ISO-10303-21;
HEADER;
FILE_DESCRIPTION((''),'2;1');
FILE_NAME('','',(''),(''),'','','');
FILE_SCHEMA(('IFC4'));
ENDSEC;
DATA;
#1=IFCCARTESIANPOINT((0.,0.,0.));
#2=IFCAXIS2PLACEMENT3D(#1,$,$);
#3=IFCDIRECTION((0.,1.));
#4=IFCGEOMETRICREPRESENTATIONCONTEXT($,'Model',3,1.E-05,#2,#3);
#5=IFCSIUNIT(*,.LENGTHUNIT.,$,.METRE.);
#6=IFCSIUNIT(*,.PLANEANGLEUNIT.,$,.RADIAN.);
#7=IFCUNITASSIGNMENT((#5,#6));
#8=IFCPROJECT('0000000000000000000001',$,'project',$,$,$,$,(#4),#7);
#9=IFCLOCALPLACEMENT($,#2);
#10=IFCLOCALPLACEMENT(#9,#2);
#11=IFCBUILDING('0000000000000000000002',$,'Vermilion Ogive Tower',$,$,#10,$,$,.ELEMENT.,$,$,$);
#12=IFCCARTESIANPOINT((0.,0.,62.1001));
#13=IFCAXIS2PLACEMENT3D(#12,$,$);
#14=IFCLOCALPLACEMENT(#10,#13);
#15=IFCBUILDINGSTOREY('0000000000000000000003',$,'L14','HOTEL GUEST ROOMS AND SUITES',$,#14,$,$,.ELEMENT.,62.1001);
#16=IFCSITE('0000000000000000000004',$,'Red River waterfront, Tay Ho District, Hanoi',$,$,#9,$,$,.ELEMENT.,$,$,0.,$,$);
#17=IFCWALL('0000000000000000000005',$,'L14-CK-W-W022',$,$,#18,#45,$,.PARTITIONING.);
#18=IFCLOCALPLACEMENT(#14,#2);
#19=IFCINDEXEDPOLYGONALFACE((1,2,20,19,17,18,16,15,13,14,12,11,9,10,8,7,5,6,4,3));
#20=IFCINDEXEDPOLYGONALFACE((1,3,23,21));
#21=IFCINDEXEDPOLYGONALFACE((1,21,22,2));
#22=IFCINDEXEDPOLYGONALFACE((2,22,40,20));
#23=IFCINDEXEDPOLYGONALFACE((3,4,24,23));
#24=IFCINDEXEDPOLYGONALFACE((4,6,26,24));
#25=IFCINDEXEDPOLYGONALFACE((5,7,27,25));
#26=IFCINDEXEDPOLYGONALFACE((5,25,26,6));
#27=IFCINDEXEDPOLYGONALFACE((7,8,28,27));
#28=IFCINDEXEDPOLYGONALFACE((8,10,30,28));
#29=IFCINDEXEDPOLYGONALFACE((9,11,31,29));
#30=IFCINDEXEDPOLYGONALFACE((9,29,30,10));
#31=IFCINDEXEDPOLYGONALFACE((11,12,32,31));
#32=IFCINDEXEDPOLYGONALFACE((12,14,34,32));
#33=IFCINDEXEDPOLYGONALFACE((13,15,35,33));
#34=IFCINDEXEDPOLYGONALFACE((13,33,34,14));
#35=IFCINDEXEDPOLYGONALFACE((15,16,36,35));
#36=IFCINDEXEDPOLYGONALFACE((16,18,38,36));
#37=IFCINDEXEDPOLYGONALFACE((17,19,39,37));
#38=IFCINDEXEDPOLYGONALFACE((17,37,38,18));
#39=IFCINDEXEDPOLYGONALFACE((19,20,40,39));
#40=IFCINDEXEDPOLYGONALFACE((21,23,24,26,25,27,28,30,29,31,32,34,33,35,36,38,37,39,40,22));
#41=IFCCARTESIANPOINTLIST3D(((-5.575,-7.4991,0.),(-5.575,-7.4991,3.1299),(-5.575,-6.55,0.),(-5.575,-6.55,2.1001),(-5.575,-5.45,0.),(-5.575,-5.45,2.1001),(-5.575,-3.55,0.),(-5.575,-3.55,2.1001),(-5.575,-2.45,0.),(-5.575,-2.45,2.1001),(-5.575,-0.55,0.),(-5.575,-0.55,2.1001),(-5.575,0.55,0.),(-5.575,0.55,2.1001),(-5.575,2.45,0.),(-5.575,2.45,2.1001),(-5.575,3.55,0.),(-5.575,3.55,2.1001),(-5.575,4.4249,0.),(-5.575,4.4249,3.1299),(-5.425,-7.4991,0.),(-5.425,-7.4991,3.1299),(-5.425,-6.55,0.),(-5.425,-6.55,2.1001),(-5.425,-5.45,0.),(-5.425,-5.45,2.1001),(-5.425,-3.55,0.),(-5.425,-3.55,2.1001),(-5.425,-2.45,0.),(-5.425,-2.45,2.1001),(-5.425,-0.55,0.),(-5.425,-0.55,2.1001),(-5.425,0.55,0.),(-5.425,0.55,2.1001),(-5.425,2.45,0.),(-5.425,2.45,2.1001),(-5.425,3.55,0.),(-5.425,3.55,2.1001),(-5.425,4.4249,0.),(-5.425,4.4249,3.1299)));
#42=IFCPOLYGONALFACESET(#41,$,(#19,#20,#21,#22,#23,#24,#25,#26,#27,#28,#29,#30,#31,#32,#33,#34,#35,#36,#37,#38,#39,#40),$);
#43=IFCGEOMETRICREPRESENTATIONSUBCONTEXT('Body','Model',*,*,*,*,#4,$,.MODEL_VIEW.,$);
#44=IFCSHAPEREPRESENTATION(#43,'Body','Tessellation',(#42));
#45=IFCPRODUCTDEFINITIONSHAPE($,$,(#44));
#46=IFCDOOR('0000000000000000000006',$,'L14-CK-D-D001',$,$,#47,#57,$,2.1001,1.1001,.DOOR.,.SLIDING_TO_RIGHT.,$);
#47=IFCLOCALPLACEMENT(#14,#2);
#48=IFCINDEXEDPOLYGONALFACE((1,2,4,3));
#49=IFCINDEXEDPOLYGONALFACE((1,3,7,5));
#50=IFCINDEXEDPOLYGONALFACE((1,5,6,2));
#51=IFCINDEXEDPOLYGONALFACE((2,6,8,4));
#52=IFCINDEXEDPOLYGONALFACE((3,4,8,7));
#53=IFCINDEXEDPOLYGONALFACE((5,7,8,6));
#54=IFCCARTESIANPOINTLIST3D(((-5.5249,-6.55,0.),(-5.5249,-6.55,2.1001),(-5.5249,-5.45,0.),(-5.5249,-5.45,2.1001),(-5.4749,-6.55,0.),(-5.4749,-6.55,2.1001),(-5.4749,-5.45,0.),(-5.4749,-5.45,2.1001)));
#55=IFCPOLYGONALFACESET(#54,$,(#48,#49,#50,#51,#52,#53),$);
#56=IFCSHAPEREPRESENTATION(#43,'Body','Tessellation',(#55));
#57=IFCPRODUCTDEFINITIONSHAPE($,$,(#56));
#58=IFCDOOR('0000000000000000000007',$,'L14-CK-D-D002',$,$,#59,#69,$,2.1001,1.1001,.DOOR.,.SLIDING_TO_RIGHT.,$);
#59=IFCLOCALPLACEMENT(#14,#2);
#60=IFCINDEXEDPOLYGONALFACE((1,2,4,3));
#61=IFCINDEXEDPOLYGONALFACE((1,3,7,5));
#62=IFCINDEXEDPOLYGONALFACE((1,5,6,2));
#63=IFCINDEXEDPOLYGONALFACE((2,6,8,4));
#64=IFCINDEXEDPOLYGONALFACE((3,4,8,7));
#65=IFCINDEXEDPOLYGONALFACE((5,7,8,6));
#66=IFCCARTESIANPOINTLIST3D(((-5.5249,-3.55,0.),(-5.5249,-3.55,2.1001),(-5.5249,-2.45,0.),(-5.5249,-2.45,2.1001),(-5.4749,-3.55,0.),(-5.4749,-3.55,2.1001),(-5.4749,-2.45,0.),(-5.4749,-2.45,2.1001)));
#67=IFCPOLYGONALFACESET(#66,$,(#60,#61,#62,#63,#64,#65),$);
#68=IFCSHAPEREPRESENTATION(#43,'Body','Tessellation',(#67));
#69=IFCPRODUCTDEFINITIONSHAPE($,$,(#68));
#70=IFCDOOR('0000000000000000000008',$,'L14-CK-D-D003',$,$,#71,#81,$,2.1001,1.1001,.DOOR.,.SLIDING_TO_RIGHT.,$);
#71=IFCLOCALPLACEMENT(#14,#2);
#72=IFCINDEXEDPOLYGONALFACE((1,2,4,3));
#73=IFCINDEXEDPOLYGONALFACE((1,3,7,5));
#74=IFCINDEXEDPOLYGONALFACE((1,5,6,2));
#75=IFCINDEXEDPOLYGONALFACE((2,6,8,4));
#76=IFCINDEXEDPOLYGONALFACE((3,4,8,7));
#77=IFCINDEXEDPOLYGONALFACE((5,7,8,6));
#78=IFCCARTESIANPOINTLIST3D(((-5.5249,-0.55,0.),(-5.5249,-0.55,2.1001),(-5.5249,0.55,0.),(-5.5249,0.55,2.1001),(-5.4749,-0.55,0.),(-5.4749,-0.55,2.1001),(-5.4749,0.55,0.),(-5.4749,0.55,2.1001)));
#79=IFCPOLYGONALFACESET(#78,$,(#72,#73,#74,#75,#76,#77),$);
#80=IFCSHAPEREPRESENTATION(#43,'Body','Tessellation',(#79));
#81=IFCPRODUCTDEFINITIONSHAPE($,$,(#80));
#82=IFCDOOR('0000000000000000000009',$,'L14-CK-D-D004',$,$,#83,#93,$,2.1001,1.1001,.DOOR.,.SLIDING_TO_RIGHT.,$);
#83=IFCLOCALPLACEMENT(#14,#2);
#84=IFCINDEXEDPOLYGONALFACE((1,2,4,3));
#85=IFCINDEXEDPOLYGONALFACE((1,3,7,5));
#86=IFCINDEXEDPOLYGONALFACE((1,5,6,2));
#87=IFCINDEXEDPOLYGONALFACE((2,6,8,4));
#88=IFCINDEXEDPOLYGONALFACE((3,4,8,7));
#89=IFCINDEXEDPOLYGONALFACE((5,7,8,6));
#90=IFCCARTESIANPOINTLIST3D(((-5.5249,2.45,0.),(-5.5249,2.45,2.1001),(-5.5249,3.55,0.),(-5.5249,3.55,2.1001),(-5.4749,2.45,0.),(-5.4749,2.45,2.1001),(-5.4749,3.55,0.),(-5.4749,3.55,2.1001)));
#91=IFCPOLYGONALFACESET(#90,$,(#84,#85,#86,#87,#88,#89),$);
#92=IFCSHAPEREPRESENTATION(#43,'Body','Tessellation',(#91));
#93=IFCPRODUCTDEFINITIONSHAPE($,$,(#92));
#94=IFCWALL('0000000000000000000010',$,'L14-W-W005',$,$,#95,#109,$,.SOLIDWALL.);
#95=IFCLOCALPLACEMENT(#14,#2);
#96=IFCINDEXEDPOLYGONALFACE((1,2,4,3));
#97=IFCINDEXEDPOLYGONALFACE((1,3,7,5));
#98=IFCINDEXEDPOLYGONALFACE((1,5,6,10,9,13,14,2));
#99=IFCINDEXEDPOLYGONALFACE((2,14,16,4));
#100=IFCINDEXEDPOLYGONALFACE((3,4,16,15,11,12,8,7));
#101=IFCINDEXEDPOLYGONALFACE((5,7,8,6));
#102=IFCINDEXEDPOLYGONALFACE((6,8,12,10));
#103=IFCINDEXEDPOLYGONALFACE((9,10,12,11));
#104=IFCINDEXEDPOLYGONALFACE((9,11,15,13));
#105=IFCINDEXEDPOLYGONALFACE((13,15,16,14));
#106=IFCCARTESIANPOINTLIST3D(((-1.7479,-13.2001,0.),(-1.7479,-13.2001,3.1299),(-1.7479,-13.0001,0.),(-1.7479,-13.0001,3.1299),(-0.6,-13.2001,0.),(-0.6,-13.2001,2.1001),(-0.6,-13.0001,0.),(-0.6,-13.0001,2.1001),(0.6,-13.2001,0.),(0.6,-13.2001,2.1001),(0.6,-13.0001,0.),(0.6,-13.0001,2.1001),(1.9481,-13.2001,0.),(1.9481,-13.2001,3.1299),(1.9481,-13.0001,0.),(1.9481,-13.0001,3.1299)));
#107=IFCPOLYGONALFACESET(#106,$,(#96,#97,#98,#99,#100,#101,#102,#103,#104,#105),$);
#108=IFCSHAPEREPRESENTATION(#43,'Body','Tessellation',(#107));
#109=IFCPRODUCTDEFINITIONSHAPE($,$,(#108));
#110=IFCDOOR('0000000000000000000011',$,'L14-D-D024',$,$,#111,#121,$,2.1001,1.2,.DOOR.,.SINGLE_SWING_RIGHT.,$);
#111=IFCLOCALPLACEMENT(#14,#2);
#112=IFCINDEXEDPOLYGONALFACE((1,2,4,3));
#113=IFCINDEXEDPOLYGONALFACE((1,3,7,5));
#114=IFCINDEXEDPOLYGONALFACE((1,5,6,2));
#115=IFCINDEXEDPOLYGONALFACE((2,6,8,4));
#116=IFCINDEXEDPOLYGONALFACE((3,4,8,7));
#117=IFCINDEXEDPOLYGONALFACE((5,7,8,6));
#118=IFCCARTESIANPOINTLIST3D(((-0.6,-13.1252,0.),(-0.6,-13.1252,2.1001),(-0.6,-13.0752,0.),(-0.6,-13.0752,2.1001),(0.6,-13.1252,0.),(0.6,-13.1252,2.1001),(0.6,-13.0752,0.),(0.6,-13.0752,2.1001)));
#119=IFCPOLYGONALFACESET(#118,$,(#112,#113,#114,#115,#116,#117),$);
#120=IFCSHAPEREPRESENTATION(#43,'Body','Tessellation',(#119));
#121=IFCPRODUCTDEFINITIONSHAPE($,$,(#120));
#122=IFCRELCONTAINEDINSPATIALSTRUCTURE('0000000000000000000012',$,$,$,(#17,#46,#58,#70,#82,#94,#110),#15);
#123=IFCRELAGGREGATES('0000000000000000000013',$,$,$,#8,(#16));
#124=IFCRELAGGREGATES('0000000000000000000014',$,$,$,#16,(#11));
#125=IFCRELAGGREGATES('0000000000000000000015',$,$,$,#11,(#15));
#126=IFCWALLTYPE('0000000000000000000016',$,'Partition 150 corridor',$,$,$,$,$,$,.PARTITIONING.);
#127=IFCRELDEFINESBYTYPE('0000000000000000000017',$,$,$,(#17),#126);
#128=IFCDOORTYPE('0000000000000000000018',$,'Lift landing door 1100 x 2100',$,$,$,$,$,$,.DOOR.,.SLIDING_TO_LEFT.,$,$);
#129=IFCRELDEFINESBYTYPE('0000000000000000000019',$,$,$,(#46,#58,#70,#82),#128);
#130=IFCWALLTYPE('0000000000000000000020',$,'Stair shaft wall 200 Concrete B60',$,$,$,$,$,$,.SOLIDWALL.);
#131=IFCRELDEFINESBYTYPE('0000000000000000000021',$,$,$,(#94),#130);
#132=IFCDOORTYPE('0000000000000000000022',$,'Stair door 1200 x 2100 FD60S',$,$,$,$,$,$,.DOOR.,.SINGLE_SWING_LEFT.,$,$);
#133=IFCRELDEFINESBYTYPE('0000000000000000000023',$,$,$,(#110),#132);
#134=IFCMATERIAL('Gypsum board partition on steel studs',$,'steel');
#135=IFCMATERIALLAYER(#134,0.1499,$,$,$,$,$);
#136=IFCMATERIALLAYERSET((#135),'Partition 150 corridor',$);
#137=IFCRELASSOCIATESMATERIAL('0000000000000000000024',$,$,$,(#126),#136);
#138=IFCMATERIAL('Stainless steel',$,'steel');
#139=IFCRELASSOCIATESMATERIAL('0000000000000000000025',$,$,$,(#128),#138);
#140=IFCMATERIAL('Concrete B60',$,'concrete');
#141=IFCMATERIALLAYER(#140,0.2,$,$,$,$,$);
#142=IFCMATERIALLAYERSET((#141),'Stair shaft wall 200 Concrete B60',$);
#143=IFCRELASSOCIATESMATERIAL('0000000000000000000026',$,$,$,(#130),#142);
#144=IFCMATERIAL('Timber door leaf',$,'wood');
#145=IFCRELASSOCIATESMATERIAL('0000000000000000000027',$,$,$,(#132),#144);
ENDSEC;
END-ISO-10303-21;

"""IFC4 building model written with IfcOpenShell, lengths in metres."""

from ifc_helpers import new_model, si_unit, direction, frame, frame_2d, origin, place, context, subcontext, project, spatial, rectangle, extrude, material, layer, layer_set, type_object, element, fill, save


model = new_model("IFC4")

# Units and contexts
model_context = context("Model", 3, precision=1e-05, world=origin(), true_north=direction((0.0, 1.0)))
body_context = subcontext(model_context, "Body", "Model", "MODEL_VIEW")
ifc_project = project(units=[si_unit("LENGTHUNIT", "METRE"), si_unit("PLANEANGLEUNIT", "RADIAN")], contexts=[model_context])

# Site, building, storey
site_placement = place(None, origin())
site = spatial("IfcSite", under=ifc_project, at=site_placement, Name="Red River waterfront, Tay Ho District, Hanoi", CompositionType="ELEMENT", RefElevation=0.0)
building_placement = place(site_placement, origin())
building = spatial("IfcBuilding", under=site, at=building_placement, Name="Vermilion Ogive Tower", CompositionType="ELEMENT")
storey_placement = place(building_placement, frame((0.0, 0.0, 62.1001)))
storey = spatial("IfcBuildingStorey", under=building, at=storey_placement, Name="L14", Description="HOTEL GUEST ROOMS AND SUITES", CompositionType="ELEMENT", Elevation=62.1001)

# Wall, openings, doors
ifc_material_1 = material(Name="Gypsum board partition on steel studs", Category="steel")
ifc_layer_1 = layer(ifc_material_1, 0.1499)
ifc_layer_set_1 = layer_set([ifc_layer_1], Name="Partition 150 corridor")
wall_type_1 = type_object("IfcWallType", Name="Partition 150 corridor", PredefinedType="PARTITIONING", material=ifc_layer_set_1)
wall_1_placement = place(storey_placement, frame((-5.5, -7.499, 0.0), z_axis=(0.0, 0.0, 1.0), x_axis=(0.0, 1.0, 0.0)))
wall_1 = element("IfcWall", 1, at=wall_1_placement, inside=storey, type_object=wall_type_1, Name="L14-CK-W-W022", PredefinedType="PARTITIONING", context=body_context, shape_type="SweptSolid", body=[
    extrude(rectangle(XDim=11.9241, YDim=0.1499, at=frame_2d((5.9619, 0.0))), origin(), (0.0, 0.0, 1.0), 3.1299),
])
opening_1_placement = place(wall_1_placement, frame((0.949, 0.0, 0.0)))
opening_1 = element("IfcOpeningElement", 2, at=opening_1_placement, cuts=wall_1, PredefinedType="OPENING", context=body_context, shape_type="SweptSolid", body=[
    extrude(rectangle(XDim=1.1001, YDim=2.1001, at=frame_2d((0.55, 1.05))), frame((0.0, 0.085, 0.0), z_axis=(0.0, -1.0, 0.0), x_axis=(1.0, 0.0, 0.0)), (0.0, 0.0, 1.0), 0.1699),
])
opening_2_placement = place(wall_1_placement, frame((3.949, 0.0, 0.0)))
opening_2 = element("IfcOpeningElement", 3, at=opening_2_placement, cuts=wall_1, PredefinedType="OPENING", context=body_context, shape_type="SweptSolid", body=[
    extrude(rectangle(XDim=1.1001, YDim=2.1001, at=frame_2d((0.55, 1.05))), frame((0.0, 0.085, 0.0), z_axis=(0.0, -1.0, 0.0), x_axis=(1.0, 0.0, 0.0)), (0.0, 0.0, 1.0), 0.1699),
])
opening_3_placement = place(wall_1_placement, frame((6.949, 0.0, 0.0)))
opening_3 = element("IfcOpeningElement", 4, at=opening_3_placement, cuts=wall_1, PredefinedType="OPENING", context=body_context, shape_type="SweptSolid", body=[
    extrude(rectangle(XDim=1.1001, YDim=2.1001, at=frame_2d((0.55, 1.05))), frame((0.0, 0.085, 0.0), z_axis=(0.0, -1.0, 0.0), x_axis=(1.0, 0.0, 0.0)), (0.0, 0.0, 1.0), 0.1699),
])
opening_4_placement = place(wall_1_placement, frame((9.949, 0.0, 0.0)))
opening_4 = element("IfcOpeningElement", 5, at=opening_4_placement, cuts=wall_1, PredefinedType="OPENING", context=body_context, shape_type="SweptSolid", body=[
    extrude(rectangle(XDim=1.1001, YDim=2.1001, at=frame_2d((0.55, 1.05))), frame((0.0, 0.085, 0.0), z_axis=(0.0, -1.0, 0.0), x_axis=(1.0, 0.0, 0.0)), (0.0, 0.0, 1.0), 0.1699),
])
ifc_material_2 = material(Name="Stainless steel", Category="steel")
door_type_1 = type_object("IfcDoorType", Name="Lift landing door 1100 x 2100", OperationType="SLIDING_TO_LEFT", PredefinedType="DOOR", material=ifc_material_2)
door_1_placement = place(opening_1_placement, origin())
door_1 = element("IfcDoor", 6, at=door_1_placement, inside=storey, type_object=door_type_1, Name="L14-CK-D-D001", OperationType="SLIDING_TO_RIGHT", OverallHeight=2.1001, OverallWidth=1.1001, PredefinedType="DOOR", context=body_context, shape_type="SweptSolid", body=[
    extrude(rectangle(XDim=1.1001, YDim=2.1001, at=frame_2d((0.55, 1.05))), frame((0.0, 0.0249, 0.0), z_axis=(0.0, -1.0, 0.0), x_axis=(1.0, 0.0, 0.0)), (0.0, 0.0, 1.0), 0.05),
])
fill(opening_1, door_1)
door_2_placement = place(opening_2_placement, origin())
door_2 = element("IfcDoor", 7, at=door_2_placement, inside=storey, type_object=door_type_1, Name="L14-CK-D-D002", OperationType="SLIDING_TO_RIGHT", OverallHeight=2.1001, OverallWidth=1.1001, PredefinedType="DOOR", context=body_context, shape_type="SweptSolid", body=[
    extrude(rectangle(XDim=1.1001, YDim=2.1001, at=frame_2d((0.55, 1.05))), frame((0.0, 0.0249, 0.0), z_axis=(0.0, -1.0, 0.0), x_axis=(1.0, 0.0, 0.0)), (0.0, 0.0, 1.0), 0.05),
])
fill(opening_2, door_2)
door_3_placement = place(opening_3_placement, origin())
door_3 = element("IfcDoor", 8, at=door_3_placement, inside=storey, type_object=door_type_1, Name="L14-CK-D-D003", OperationType="SLIDING_TO_RIGHT", OverallHeight=2.1001, OverallWidth=1.1001, PredefinedType="DOOR", context=body_context, shape_type="SweptSolid", body=[
    extrude(rectangle(XDim=1.1001, YDim=2.1001, at=frame_2d((0.55, 1.05))), frame((0.0, 0.0249, 0.0), z_axis=(0.0, -1.0, 0.0), x_axis=(1.0, 0.0, 0.0)), (0.0, 0.0, 1.0), 0.05),
])
fill(opening_3, door_3)
door_4_placement = place(opening_4_placement, origin())
door_4 = element("IfcDoor", 9, at=door_4_placement, inside=storey, type_object=door_type_1, Name="L14-CK-D-D004", OperationType="SLIDING_TO_RIGHT", OverallHeight=2.1001, OverallWidth=1.1001, PredefinedType="DOOR", context=body_context, shape_type="SweptSolid", body=[
    extrude(rectangle(XDim=1.1001, YDim=2.1001, at=frame_2d((0.55, 1.05))), frame((0.0, 0.0249, 0.0), z_axis=(0.0, -1.0, 0.0), x_axis=(1.0, 0.0, 0.0)), (0.0, 0.0, 1.0), 0.05),
])
fill(opening_4, door_4)

# Wall, opening, door
ifc_material_3 = material(Name="Concrete B60", Category="concrete")
ifc_layer_2 = layer(ifc_material_3, 0.2)
ifc_layer_set_2 = layer_set([ifc_layer_2], Name="Stair shaft wall 200 Concrete B60")
wall_type_2 = type_object("IfcWallType", Name="Stair shaft wall 200 Concrete B60", PredefinedType="SOLIDWALL", material=ifc_layer_set_2)
wall_2_placement = place(storey_placement, frame((-1.748, -13.1001, 0.0), z_axis=(0.0, 0.0, 1.0), x_axis=(1.0, 0.0, 0.0)))
wall_2 = element("IfcWall", 10, at=wall_2_placement, inside=storey, type_object=wall_type_2, Name="L14-W-W005", PredefinedType="SOLIDWALL", context=body_context, shape_type="SweptSolid", body=[
    extrude(rectangle(XDim=3.696, YDim=0.2, at=frame_2d((1.8481, 0.0))), origin(), (0.0, 0.0, 1.0), 3.1299),
])
opening_5_placement = place(wall_2_placement, frame((1.1479, 0.0, 0.0)))
opening_5 = element("IfcOpeningElement", 11, at=opening_5_placement, cuts=wall_2, PredefinedType="OPENING", context=body_context, shape_type="SweptSolid", body=[
    extrude(rectangle(XDim=1.2, YDim=2.1001, at=frame_2d((0.6001, 1.05))), frame((0.0, 0.1099, 0.0), z_axis=(0.0, -1.0, 0.0), x_axis=(1.0, 0.0, 0.0)), (0.0, 0.0, 1.0), 0.22),
])
ifc_material_4 = material(Name="Timber door leaf", Category="wood")
door_type_2 = type_object("IfcDoorType", Name="Stair door 1200 x 2100 FD60S", OperationType="SINGLE_SWING_LEFT", PredefinedType="DOOR", material=ifc_material_4)
door_5_placement = place(opening_5_placement, origin())
door_5 = element("IfcDoor", 12, at=door_5_placement, inside=storey, type_object=door_type_2, Name="L14-D-D024", OperationType="SINGLE_SWING_RIGHT", OverallHeight=2.1001, OverallWidth=1.2, PredefinedType="DOOR", context=body_context, shape_type="SweptSolid", body=[
    extrude(rectangle(XDim=1.2, YDim=2.1001, at=frame_2d((0.6001, 1.05))), frame((0.0, 0.0249, 0.0), z_axis=(0.0, -1.0, 0.0), x_axis=(1.0, 0.0, 0.0)), (0.0, 0.0, 1.0), 0.05),
])
fill(opening_5, door_5)

save(model, "model.ifc")
